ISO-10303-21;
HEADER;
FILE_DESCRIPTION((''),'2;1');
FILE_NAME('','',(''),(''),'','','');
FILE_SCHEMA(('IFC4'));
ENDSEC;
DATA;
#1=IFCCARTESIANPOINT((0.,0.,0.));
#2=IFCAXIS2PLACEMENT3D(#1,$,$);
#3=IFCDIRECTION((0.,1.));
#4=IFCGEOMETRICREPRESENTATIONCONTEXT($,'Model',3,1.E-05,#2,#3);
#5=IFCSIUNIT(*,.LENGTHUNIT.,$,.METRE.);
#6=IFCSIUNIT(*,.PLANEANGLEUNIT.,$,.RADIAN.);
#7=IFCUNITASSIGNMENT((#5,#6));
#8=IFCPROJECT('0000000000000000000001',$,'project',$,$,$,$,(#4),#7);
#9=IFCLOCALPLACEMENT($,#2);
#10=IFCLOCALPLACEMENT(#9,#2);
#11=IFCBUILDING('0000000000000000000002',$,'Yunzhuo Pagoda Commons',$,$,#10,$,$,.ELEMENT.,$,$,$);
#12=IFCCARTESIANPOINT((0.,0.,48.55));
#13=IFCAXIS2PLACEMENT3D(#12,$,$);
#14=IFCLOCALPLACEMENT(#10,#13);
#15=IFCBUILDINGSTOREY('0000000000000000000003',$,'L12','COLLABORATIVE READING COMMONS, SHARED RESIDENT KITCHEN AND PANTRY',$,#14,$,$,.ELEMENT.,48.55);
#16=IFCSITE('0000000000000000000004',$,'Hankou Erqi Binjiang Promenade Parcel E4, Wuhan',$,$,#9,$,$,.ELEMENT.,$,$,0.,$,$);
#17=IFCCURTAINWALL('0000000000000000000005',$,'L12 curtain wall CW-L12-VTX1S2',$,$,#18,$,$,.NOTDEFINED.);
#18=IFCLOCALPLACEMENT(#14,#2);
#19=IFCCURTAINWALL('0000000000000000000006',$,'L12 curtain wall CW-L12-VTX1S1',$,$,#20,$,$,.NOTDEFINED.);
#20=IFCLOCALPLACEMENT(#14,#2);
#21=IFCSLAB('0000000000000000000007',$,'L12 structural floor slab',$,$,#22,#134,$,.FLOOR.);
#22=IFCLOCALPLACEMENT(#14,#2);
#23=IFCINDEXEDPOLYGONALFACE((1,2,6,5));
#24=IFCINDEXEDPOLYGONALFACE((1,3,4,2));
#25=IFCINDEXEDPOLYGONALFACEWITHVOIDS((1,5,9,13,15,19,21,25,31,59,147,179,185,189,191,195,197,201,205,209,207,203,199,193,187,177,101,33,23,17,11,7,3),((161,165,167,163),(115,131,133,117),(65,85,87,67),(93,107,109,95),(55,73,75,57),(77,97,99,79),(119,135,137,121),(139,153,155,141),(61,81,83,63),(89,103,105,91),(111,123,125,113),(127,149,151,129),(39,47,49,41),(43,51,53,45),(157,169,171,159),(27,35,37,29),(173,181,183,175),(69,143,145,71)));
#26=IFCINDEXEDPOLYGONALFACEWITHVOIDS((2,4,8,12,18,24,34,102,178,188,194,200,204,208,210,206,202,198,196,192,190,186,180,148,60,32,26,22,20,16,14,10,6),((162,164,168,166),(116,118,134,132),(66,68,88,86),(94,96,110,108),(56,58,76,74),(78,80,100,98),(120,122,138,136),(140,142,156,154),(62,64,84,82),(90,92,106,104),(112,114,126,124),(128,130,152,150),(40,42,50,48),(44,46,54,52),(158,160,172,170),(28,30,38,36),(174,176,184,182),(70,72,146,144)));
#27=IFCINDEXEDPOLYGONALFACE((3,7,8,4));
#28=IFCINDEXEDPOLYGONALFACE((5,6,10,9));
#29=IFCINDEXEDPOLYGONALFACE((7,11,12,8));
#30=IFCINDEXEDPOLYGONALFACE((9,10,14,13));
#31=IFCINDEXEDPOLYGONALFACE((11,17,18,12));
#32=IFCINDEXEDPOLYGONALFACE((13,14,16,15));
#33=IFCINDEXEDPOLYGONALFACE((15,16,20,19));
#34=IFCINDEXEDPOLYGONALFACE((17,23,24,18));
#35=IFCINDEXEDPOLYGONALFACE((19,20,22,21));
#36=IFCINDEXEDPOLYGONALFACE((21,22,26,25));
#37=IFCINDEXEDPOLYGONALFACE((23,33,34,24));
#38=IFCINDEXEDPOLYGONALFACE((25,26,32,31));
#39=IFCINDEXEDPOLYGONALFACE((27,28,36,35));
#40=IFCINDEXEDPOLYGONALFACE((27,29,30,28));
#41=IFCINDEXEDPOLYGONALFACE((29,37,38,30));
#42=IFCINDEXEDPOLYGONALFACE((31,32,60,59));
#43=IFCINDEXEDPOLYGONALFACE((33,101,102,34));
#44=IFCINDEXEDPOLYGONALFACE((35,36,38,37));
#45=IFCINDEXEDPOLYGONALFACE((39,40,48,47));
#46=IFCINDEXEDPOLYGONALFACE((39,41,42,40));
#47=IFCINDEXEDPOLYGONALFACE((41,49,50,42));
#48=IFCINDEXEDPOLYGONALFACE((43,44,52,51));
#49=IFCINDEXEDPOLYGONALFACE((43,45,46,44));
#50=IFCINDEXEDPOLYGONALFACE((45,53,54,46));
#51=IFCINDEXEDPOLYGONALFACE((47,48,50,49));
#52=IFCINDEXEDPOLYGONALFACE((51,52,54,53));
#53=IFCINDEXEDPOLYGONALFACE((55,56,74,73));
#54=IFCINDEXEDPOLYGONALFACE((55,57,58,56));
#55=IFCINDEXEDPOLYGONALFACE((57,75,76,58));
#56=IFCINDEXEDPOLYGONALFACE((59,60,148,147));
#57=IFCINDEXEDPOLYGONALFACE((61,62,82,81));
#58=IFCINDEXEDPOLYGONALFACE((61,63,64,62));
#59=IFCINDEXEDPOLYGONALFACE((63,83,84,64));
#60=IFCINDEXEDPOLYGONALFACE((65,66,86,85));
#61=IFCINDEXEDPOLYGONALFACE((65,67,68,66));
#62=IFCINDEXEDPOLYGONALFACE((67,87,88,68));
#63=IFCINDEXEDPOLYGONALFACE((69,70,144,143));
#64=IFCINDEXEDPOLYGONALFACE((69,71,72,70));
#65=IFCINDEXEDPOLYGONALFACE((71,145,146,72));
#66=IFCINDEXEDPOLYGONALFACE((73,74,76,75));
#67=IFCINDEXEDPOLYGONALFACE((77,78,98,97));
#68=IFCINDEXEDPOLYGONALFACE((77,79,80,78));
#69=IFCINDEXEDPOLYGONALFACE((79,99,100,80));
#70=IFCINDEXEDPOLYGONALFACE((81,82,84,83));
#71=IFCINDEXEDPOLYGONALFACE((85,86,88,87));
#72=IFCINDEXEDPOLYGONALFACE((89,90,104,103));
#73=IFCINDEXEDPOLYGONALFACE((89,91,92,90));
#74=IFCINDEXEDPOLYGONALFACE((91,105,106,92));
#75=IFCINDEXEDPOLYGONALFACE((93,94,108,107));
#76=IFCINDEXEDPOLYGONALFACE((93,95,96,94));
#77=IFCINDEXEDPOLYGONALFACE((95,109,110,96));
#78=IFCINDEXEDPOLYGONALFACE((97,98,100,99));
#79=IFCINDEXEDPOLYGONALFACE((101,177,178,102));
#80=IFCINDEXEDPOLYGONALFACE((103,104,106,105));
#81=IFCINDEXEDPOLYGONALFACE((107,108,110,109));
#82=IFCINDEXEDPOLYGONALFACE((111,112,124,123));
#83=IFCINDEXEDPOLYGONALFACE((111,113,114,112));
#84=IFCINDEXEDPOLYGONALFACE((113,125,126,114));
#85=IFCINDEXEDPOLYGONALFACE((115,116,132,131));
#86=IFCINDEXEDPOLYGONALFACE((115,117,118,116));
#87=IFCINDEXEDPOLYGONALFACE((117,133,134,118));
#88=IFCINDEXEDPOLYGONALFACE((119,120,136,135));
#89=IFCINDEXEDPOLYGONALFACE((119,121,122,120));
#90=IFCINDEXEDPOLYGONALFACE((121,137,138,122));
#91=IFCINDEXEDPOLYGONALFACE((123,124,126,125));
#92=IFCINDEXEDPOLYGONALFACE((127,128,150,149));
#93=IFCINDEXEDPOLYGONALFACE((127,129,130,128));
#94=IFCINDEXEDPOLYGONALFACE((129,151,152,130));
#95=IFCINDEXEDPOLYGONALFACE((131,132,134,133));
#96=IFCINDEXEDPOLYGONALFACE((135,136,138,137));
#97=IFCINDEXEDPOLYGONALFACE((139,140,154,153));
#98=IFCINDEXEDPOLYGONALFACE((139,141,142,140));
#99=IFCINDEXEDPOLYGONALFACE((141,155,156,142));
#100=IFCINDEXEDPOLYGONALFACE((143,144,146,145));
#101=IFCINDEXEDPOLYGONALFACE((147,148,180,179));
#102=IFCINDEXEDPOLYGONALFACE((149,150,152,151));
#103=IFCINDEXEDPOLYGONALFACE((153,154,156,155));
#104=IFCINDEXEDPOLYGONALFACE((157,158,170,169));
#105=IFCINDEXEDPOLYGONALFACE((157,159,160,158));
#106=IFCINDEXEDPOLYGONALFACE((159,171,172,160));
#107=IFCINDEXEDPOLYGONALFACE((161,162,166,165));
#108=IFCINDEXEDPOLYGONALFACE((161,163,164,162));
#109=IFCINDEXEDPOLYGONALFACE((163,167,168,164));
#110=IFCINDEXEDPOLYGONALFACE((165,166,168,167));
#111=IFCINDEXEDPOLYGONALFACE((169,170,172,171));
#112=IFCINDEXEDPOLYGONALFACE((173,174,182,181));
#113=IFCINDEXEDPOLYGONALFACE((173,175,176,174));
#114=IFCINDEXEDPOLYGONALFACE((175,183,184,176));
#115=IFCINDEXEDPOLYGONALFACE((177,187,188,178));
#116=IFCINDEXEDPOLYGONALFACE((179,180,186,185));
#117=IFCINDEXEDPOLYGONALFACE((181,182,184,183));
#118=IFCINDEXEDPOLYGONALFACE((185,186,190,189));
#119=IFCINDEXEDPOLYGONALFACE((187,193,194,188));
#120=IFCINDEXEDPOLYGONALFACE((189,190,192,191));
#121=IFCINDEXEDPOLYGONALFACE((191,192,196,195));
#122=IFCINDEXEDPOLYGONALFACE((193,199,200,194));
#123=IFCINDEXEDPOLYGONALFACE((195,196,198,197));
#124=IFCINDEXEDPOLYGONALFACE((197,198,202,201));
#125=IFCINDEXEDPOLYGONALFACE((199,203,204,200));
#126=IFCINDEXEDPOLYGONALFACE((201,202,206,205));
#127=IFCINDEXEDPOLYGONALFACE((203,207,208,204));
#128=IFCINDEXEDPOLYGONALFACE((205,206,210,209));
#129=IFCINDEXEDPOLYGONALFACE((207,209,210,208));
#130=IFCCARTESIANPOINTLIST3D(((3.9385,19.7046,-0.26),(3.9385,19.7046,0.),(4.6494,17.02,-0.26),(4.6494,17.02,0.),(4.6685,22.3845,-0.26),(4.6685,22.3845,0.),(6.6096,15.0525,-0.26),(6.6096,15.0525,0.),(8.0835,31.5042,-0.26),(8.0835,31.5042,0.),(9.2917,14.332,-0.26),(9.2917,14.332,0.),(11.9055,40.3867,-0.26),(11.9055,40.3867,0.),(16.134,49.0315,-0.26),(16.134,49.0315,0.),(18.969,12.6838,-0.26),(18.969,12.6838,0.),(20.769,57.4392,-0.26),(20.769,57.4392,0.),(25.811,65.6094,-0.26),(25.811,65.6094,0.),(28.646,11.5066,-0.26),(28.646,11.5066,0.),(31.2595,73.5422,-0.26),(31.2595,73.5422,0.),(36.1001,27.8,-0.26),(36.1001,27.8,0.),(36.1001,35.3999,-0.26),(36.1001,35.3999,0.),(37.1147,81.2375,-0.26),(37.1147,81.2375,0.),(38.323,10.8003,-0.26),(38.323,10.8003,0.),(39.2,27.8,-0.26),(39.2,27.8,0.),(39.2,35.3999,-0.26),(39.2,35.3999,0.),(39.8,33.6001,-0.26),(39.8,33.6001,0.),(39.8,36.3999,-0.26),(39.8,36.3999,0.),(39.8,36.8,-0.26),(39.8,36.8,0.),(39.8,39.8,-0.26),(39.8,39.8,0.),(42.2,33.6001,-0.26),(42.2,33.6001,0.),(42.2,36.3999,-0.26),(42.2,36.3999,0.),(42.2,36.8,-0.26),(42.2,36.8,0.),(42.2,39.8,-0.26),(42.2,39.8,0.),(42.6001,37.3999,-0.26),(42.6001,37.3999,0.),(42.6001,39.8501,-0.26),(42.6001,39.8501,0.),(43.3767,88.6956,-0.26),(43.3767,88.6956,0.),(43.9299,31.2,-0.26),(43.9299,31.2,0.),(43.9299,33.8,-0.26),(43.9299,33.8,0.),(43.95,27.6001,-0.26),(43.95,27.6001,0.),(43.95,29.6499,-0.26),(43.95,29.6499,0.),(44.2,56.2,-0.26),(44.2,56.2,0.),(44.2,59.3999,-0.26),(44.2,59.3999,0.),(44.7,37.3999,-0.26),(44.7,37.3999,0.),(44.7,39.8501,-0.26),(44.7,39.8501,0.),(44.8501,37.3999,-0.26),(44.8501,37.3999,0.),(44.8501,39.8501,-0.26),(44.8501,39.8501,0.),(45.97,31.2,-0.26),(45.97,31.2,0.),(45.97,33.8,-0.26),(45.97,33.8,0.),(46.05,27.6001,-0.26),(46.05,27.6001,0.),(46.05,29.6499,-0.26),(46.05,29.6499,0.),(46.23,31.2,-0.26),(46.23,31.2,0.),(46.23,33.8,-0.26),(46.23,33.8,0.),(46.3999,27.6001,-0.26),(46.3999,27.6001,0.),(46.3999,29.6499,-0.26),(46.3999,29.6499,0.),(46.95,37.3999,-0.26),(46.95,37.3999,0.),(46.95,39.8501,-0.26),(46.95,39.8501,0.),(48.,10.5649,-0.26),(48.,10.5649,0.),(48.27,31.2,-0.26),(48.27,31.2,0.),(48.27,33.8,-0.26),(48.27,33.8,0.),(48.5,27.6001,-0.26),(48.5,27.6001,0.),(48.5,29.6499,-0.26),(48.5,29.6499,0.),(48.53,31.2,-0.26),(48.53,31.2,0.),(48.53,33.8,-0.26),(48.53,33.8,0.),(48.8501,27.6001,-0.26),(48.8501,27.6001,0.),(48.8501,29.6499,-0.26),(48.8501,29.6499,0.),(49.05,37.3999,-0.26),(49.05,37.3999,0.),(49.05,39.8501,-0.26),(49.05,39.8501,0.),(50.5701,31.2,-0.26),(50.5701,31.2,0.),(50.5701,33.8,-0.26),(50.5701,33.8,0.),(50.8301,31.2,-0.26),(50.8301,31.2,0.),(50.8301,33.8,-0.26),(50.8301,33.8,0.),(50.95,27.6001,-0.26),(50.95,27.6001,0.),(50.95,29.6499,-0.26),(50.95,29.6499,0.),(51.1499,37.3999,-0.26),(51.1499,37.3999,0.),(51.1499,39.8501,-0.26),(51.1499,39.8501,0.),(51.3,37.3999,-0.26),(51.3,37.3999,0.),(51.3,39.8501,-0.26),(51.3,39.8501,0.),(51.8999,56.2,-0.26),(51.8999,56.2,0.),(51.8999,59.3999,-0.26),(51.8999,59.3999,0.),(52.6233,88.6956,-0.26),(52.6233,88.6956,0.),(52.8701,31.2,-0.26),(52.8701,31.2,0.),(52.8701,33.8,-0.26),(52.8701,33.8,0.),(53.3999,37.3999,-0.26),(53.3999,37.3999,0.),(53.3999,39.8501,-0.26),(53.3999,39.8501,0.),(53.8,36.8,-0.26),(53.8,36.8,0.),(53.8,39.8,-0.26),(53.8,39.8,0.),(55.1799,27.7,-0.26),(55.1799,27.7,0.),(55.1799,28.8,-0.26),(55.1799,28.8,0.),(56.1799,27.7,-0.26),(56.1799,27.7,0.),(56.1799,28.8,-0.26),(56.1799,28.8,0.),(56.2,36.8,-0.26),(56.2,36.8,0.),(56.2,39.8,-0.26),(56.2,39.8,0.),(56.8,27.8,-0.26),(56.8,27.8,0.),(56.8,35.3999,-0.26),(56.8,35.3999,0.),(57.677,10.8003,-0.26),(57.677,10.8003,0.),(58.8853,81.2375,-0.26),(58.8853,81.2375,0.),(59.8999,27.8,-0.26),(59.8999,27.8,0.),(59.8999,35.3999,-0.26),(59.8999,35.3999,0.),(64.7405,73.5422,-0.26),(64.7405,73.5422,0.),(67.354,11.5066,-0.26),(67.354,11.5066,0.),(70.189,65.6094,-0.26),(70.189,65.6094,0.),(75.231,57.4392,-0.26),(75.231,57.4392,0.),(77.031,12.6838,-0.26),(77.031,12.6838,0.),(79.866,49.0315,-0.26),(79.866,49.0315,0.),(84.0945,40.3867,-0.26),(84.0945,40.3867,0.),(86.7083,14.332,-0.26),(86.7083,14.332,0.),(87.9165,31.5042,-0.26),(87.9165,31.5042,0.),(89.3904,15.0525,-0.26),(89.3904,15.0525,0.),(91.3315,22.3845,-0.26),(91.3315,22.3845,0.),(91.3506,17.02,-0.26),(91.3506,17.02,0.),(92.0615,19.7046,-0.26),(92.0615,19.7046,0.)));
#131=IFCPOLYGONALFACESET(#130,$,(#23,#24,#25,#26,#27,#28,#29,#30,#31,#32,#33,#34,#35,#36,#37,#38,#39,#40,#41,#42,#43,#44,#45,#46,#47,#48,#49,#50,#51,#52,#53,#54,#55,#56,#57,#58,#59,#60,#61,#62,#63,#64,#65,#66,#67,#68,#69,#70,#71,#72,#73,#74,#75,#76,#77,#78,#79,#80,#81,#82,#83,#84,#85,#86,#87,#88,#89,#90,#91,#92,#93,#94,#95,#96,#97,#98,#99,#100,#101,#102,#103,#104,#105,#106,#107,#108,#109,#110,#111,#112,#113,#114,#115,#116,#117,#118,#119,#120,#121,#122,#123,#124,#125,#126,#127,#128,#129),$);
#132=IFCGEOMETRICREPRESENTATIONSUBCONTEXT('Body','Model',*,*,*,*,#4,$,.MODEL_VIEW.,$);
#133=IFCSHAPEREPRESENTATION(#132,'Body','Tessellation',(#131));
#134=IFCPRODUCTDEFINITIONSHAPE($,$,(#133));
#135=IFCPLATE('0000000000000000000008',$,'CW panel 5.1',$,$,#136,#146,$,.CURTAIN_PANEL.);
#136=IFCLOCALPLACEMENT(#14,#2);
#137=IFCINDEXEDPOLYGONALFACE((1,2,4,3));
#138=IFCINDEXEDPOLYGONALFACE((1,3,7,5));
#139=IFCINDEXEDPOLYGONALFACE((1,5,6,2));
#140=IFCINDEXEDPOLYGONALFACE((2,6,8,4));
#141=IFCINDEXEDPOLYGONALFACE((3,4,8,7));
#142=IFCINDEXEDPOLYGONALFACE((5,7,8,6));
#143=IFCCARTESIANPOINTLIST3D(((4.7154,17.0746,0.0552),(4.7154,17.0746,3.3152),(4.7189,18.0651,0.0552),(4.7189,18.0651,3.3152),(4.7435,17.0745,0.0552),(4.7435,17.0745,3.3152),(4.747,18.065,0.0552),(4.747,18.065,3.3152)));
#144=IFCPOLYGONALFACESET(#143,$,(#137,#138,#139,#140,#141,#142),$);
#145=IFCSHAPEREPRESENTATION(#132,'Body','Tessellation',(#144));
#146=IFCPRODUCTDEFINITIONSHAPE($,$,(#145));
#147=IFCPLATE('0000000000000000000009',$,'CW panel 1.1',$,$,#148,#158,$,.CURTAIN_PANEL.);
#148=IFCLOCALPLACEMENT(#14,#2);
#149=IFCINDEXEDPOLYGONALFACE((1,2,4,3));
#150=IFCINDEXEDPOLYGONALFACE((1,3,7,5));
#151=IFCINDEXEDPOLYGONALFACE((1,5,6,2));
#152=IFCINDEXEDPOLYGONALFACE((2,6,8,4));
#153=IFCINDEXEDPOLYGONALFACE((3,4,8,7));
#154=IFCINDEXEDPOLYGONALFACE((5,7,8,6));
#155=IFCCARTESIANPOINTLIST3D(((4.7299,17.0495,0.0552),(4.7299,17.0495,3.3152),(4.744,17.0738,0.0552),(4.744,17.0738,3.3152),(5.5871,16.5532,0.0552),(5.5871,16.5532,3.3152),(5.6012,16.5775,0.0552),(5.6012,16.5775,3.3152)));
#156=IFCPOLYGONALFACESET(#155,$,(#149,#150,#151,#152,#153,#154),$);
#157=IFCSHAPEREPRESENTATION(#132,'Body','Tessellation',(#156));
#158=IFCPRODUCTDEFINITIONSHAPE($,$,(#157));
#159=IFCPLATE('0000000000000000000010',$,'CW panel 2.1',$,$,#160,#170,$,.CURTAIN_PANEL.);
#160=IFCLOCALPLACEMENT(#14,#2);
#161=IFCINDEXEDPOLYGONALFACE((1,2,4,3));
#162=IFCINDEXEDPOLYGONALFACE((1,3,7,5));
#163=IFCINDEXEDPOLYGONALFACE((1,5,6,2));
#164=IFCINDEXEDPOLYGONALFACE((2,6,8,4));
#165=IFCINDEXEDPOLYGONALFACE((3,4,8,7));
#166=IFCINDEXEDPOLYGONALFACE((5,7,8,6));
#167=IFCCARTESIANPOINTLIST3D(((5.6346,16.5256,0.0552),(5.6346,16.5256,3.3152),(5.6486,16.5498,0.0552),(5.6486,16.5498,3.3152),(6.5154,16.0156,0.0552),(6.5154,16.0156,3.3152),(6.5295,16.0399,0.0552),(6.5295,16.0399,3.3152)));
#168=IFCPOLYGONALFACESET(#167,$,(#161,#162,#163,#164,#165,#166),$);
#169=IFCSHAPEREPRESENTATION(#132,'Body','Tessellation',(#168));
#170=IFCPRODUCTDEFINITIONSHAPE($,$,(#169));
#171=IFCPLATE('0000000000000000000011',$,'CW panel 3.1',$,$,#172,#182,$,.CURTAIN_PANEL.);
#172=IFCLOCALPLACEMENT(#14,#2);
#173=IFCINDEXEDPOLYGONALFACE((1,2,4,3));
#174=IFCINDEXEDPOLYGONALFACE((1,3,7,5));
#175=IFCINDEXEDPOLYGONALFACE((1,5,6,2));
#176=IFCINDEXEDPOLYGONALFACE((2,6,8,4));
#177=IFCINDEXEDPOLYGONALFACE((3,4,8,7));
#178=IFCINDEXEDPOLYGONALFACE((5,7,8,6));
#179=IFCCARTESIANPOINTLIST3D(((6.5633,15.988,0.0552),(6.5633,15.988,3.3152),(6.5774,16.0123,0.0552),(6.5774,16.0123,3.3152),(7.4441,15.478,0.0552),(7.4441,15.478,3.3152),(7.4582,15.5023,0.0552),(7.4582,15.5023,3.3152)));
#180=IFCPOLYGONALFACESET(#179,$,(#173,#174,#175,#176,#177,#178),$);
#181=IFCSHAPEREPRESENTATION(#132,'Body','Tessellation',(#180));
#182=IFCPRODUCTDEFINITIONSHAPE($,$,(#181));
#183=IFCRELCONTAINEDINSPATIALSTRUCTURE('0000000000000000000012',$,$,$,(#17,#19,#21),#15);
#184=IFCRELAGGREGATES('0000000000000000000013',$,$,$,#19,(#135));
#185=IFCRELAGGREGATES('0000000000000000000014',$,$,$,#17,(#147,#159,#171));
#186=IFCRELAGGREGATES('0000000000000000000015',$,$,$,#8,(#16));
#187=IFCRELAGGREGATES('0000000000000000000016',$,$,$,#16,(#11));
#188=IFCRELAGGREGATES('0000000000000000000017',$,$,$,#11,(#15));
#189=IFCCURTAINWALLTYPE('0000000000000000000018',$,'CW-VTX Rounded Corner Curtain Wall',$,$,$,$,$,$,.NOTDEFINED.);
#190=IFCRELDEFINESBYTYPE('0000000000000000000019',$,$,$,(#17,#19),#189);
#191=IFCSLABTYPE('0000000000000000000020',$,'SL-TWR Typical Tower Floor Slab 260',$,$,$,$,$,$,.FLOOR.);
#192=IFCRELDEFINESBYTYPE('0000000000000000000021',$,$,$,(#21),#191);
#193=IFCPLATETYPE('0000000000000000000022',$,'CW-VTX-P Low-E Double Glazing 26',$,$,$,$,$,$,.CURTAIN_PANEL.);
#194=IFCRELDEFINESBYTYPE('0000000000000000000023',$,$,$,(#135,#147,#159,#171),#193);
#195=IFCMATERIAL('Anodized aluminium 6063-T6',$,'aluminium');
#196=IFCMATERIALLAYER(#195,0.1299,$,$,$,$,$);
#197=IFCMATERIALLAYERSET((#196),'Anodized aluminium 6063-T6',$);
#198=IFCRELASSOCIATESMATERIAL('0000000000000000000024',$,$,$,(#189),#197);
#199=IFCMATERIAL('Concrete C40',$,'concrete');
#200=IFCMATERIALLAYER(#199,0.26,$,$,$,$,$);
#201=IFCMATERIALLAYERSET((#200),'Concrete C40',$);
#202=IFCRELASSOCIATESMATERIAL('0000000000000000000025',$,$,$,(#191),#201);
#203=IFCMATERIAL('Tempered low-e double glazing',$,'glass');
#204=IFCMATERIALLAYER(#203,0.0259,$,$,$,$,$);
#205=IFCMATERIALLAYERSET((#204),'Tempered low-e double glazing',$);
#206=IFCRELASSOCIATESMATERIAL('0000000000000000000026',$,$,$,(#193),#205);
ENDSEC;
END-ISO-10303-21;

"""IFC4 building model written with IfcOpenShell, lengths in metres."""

from ifc_helpers import new_model, si_unit, direction, frame, origin, origin_2d, place, context, subcontext, project, spatial, polyline, rectangle, outline, extrude, source, transform, mapped, material, layer, layer_set, type_object, element, aggregate, save


model = new_model("IFC4")

# Units and contexts
model_context = context("Model", 3, precision=1e-05, world=origin(), true_north=direction((0.0, 1.0)))
body_context = subcontext(model_context, "Body", "Model", "MODEL_VIEW")
ifc_project = project(units=[si_unit("LENGTHUNIT", "METRE"), si_unit("PLANEANGLEUNIT", "RADIAN")], contexts=[model_context])

# Site, building, storey
site_placement = place(None, origin())
site = spatial("IfcSite", under=ifc_project, at=site_placement, Name="Hankou Erqi Binjiang Promenade Parcel E4, Wuhan", CompositionType="ELEMENT", RefElevation=0.0)
building_placement = place(site_placement, origin())
building = spatial("IfcBuilding", under=site, at=building_placement, Name="Yunzhuo Pagoda Commons", CompositionType="ELEMENT")
storey_placement = place(building_placement, frame((0.0, 0.0, 48.55)))
storey = spatial("IfcBuildingStorey", under=building, at=storey_placement, Name="L12", Description="COLLABORATIVE READING COMMONS, SHARED RESIDENT KITCHEN AND PANTRY", CompositionType="ELEMENT", Elevation=48.55)

# Curtain walls
ifc_material_1 = material(Name="Anodized aluminium 6063-T6", Category="aluminium")
ifc_layer_1 = layer(ifc_material_1, 0.1299)
ifc_layer_set_1 = layer_set([ifc_layer_1], Name="Anodized aluminium 6063-T6")
curtain_wall_type = type_object("IfcCurtainWallType", Name="CW-VTX Rounded Corner Curtain Wall", PredefinedType="NOTDEFINED", material=ifc_layer_set_1)
curtain_wall_1_placement = place(storey_placement, origin())
curtain_wall_1 = element("IfcCurtainWall", 1, at=curtain_wall_1_placement, inside=storey, type_object=curtain_wall_type, Name="L12 curtain wall CW-L12-VTX1S2", PredefinedType="NOTDEFINED")
curtain_wall_2_placement = place(storey_placement, origin())
curtain_wall_2 = element("IfcCurtainWall", 2, at=curtain_wall_2_placement, inside=storey, type_object=curtain_wall_type, Name="L12 curtain wall CW-L12-VTX1S1", PredefinedType="NOTDEFINED")

# Shared definitions
ifc_material_2 = material(Name="Concrete C40", Category="concrete")

# Slab
ifc_layer_2 = layer(ifc_material_2, 0.26)
ifc_layer_set_2 = layer_set([ifc_layer_2], Name="Concrete C40")
slab_type_1 = type_object("IfcSlabType", Name="SL-TWR Typical Tower Floor Slab 260", PredefinedType="FLOOR", material=ifc_layer_set_2)
slab_1_placement = place(storey_placement, frame((0.0, 0.0, -0.26)))
element("IfcSlab", 3, at=slab_1_placement, inside=storey, type_object=slab_type_1, Name="L12 structural floor slab", PredefinedType="FLOOR", context=body_context, shape_type="SweptSolid", body=[
    extrude(outline(polyline([(8.0835, 31.5042), (11.9055, 40.3867), (16.134, 49.0315), (20.769, 57.4392), (25.811, 65.6094), (31.2595, 73.5422), (37.1147, 81.2375), (43.3767, 88.6956), (52.6233, 88.6956), (58.8853, 81.2375), (64.7405, 73.5422), (70.189, 65.6094), (75.231, 57.4392), (79.866, 49.0315), (84.0945, 40.3867), (87.9165, 31.5042), (91.3315, 22.3845), (92.0615, 19.7046), (91.3506, 17.02), (89.3904, 15.0525), (86.7083, 14.332), (77.031, 12.6838), (67.354, 11.5066), (57.677, 10.8003), (48.0, 10.5649), (38.323, 10.8003), (28.646, 11.5066), (18.969, 12.6838), (9.2917, 14.332), (6.6096, 15.0525), (4.6494, 17.02), (3.9385, 19.7046), (4.6685, 22.3845), (8.0835, 31.5042)]), holes=[polyline([(46.05, 27.6001), (46.05, 29.6499), (43.95, 29.6499), (43.95, 27.6001), (46.05, 27.6001)]), polyline([(48.5, 27.6001), (48.5, 29.6499), (46.3999, 29.6499), (46.3999, 27.6001), (48.5, 27.6001)]), polyline([(36.1001, 27.8), (39.2, 27.8), (39.2, 35.3999), (36.1001, 35.3999), (36.1001, 27.8)]), polyline([(45.97, 31.2), (45.97, 33.8), (43.9299, 33.8), (43.9299, 31.2), (45.97, 31.2)]), polyline([(48.27, 31.2), (48.27, 33.8), (46.23, 33.8), (46.23, 31.2), (48.27, 31.2)]), polyline([(42.2, 33.6001), (42.2, 36.3999), (39.8, 36.3999), (39.8, 33.6001), (42.2, 33.6001)]), polyline([(42.2, 36.8), (42.2, 39.8), (39.8, 39.8), (39.8, 36.8), (42.2, 36.8)]), polyline([(42.6001, 37.3999), (44.7, 37.3999), (44.7, 39.8501), (42.6001, 39.8501), (42.6001, 37.3999)]), polyline([(44.8501, 37.3999), (46.95, 37.3999), (46.95, 39.8501), (44.8501, 39.8501), (44.8501, 37.3999)]), polyline([(56.1799, 27.7), (56.1799, 28.8), (55.1799, 28.8), (55.1799, 27.7), (56.1799, 27.7)]), polyline([(50.95, 27.6001), (50.95, 29.6499), (48.8501, 29.6499), (48.8501, 27.6001), (50.95, 27.6001)]), polyline([(56.8, 27.8), (59.8999, 27.8), (59.8999, 35.3999), (56.8, 35.3999), (56.8, 27.8)]), polyline([(50.5701, 31.2), (50.5701, 33.8), (48.53, 33.8), (48.53, 31.2), (50.5701, 31.2)]), polyline([(52.8701, 31.2), (52.8701, 33.8), (50.8301, 33.8), (50.8301, 31.2), (52.8701, 31.2)]), polyline([(56.2, 36.8), (56.2, 39.8), (53.8, 39.8), (53.8, 36.8), (56.2, 36.8)]), polyline([(51.1499, 37.3999), (51.1499, 39.8501), (49.05, 39.8501), (49.05, 37.3999), (51.1499, 37.3999)]), polyline([(51.3, 37.3999), (53.3999, 37.3999), (53.3999, 39.8501), (51.3, 39.8501), (51.3, 37.3999)]), polyline([(44.2, 56.2), (51.8999, 56.2), (51.8999, 59.3999), (44.2, 59.3999), (44.2, 56.2)])]), origin(), (0.0, 0.0, 1.0), 0.26),
])

# Plates
ifc_material_3 = material(Name="Tempered low-e double glazing", Category="glass")
ifc_layer_3 = layer(ifc_material_3, 0.0259)
ifc_layer_set_3 = layer_set([ifc_layer_3], Name="Tempered low-e double glazing")
plate_type = type_object("IfcPlateType", Name="CW-VTX-P Low-E Double Glazing 26", PredefinedType="CURTAIN_PANEL", material=ifc_layer_set_3)
shared_shape_1 = source(origin(), body_context, "Body", "SweptSolid", [
    extrude(rectangle(XDim=0.9905, YDim=0.0281, at=origin_2d()), origin(), (0.0, 0.0, 1.0), 3.26),
])
plate_1_placement = place(storey_placement, frame((4.7312, 17.5698, 0.0552), z_axis=(0.0, 0.0, 1.0), x_axis=(-0.003579, -0.999994, 0.0)))
plate_1 = element("IfcPlate", 4, at=plate_1_placement, type_object=plate_type, Name="CW panel 5.1", PredefinedType="CURTAIN_PANEL", context=body_context, shape_type="MappedRepresentation", body=[
    mapped(shared_shape_1, transform((0.0, 0.0, 0.0), scale=1.0)),
])
aggregate(curtain_wall_2, [plate_1])
plate_2_placement = place(storey_placement, frame((5.1655, 16.8135, 0.0552), z_axis=(0.0, 0.0, 1.0), x_axis=(0.865423, -0.501041, 0.0)))
plate_2 = element("IfcPlate", 5, at=plate_2_placement, type_object=plate_type, Name="CW panel 1.1", PredefinedType="CURTAIN_PANEL", context=body_context, shape_type="MappedRepresentation", body=[
    mapped(shared_shape_1, transform((0.0, 0.0, 0.0), scale=1.0)),
])
shared_shape_2 = source(origin(), body_context, "Body", "SweptSolid", [
    extrude(rectangle(XDim=1.0178, YDim=0.0281, at=origin_2d()), origin(), (0.0, 0.0, 1.0), 3.26),
])
plate_3_placement = place(storey_placement, frame((6.082, 16.2827, 0.0552), z_axis=(0.0, 0.0, 1.0), x_axis=(0.865423, -0.501041, 0.0)))
plate_3 = element("IfcPlate", 6, at=plate_3_placement, type_object=plate_type, Name="CW panel 2.1", PredefinedType="CURTAIN_PANEL", context=body_context, shape_type="MappedRepresentation", body=[
    mapped(shared_shape_2, transform((0.0, 0.0, 0.0), scale=1.0)),
])
plate_4_placement = place(storey_placement, frame((7.0107, 15.7451, 0.0552), z_axis=(0.0, 0.0, 1.0), x_axis=(0.865423, -0.501041, 0.0)))
plate_4 = element("IfcPlate", 7, at=plate_4_placement, type_object=plate_type, Name="CW panel 3.1", PredefinedType="CURTAIN_PANEL", context=body_context, shape_type="MappedRepresentation", body=[
    mapped(shared_shape_2, transform((0.0, 0.0, 0.0), scale=1.0)),
])
aggregate(curtain_wall_1, [plate_2, plate_3, plate_4])

save(model, "model.ifc")
